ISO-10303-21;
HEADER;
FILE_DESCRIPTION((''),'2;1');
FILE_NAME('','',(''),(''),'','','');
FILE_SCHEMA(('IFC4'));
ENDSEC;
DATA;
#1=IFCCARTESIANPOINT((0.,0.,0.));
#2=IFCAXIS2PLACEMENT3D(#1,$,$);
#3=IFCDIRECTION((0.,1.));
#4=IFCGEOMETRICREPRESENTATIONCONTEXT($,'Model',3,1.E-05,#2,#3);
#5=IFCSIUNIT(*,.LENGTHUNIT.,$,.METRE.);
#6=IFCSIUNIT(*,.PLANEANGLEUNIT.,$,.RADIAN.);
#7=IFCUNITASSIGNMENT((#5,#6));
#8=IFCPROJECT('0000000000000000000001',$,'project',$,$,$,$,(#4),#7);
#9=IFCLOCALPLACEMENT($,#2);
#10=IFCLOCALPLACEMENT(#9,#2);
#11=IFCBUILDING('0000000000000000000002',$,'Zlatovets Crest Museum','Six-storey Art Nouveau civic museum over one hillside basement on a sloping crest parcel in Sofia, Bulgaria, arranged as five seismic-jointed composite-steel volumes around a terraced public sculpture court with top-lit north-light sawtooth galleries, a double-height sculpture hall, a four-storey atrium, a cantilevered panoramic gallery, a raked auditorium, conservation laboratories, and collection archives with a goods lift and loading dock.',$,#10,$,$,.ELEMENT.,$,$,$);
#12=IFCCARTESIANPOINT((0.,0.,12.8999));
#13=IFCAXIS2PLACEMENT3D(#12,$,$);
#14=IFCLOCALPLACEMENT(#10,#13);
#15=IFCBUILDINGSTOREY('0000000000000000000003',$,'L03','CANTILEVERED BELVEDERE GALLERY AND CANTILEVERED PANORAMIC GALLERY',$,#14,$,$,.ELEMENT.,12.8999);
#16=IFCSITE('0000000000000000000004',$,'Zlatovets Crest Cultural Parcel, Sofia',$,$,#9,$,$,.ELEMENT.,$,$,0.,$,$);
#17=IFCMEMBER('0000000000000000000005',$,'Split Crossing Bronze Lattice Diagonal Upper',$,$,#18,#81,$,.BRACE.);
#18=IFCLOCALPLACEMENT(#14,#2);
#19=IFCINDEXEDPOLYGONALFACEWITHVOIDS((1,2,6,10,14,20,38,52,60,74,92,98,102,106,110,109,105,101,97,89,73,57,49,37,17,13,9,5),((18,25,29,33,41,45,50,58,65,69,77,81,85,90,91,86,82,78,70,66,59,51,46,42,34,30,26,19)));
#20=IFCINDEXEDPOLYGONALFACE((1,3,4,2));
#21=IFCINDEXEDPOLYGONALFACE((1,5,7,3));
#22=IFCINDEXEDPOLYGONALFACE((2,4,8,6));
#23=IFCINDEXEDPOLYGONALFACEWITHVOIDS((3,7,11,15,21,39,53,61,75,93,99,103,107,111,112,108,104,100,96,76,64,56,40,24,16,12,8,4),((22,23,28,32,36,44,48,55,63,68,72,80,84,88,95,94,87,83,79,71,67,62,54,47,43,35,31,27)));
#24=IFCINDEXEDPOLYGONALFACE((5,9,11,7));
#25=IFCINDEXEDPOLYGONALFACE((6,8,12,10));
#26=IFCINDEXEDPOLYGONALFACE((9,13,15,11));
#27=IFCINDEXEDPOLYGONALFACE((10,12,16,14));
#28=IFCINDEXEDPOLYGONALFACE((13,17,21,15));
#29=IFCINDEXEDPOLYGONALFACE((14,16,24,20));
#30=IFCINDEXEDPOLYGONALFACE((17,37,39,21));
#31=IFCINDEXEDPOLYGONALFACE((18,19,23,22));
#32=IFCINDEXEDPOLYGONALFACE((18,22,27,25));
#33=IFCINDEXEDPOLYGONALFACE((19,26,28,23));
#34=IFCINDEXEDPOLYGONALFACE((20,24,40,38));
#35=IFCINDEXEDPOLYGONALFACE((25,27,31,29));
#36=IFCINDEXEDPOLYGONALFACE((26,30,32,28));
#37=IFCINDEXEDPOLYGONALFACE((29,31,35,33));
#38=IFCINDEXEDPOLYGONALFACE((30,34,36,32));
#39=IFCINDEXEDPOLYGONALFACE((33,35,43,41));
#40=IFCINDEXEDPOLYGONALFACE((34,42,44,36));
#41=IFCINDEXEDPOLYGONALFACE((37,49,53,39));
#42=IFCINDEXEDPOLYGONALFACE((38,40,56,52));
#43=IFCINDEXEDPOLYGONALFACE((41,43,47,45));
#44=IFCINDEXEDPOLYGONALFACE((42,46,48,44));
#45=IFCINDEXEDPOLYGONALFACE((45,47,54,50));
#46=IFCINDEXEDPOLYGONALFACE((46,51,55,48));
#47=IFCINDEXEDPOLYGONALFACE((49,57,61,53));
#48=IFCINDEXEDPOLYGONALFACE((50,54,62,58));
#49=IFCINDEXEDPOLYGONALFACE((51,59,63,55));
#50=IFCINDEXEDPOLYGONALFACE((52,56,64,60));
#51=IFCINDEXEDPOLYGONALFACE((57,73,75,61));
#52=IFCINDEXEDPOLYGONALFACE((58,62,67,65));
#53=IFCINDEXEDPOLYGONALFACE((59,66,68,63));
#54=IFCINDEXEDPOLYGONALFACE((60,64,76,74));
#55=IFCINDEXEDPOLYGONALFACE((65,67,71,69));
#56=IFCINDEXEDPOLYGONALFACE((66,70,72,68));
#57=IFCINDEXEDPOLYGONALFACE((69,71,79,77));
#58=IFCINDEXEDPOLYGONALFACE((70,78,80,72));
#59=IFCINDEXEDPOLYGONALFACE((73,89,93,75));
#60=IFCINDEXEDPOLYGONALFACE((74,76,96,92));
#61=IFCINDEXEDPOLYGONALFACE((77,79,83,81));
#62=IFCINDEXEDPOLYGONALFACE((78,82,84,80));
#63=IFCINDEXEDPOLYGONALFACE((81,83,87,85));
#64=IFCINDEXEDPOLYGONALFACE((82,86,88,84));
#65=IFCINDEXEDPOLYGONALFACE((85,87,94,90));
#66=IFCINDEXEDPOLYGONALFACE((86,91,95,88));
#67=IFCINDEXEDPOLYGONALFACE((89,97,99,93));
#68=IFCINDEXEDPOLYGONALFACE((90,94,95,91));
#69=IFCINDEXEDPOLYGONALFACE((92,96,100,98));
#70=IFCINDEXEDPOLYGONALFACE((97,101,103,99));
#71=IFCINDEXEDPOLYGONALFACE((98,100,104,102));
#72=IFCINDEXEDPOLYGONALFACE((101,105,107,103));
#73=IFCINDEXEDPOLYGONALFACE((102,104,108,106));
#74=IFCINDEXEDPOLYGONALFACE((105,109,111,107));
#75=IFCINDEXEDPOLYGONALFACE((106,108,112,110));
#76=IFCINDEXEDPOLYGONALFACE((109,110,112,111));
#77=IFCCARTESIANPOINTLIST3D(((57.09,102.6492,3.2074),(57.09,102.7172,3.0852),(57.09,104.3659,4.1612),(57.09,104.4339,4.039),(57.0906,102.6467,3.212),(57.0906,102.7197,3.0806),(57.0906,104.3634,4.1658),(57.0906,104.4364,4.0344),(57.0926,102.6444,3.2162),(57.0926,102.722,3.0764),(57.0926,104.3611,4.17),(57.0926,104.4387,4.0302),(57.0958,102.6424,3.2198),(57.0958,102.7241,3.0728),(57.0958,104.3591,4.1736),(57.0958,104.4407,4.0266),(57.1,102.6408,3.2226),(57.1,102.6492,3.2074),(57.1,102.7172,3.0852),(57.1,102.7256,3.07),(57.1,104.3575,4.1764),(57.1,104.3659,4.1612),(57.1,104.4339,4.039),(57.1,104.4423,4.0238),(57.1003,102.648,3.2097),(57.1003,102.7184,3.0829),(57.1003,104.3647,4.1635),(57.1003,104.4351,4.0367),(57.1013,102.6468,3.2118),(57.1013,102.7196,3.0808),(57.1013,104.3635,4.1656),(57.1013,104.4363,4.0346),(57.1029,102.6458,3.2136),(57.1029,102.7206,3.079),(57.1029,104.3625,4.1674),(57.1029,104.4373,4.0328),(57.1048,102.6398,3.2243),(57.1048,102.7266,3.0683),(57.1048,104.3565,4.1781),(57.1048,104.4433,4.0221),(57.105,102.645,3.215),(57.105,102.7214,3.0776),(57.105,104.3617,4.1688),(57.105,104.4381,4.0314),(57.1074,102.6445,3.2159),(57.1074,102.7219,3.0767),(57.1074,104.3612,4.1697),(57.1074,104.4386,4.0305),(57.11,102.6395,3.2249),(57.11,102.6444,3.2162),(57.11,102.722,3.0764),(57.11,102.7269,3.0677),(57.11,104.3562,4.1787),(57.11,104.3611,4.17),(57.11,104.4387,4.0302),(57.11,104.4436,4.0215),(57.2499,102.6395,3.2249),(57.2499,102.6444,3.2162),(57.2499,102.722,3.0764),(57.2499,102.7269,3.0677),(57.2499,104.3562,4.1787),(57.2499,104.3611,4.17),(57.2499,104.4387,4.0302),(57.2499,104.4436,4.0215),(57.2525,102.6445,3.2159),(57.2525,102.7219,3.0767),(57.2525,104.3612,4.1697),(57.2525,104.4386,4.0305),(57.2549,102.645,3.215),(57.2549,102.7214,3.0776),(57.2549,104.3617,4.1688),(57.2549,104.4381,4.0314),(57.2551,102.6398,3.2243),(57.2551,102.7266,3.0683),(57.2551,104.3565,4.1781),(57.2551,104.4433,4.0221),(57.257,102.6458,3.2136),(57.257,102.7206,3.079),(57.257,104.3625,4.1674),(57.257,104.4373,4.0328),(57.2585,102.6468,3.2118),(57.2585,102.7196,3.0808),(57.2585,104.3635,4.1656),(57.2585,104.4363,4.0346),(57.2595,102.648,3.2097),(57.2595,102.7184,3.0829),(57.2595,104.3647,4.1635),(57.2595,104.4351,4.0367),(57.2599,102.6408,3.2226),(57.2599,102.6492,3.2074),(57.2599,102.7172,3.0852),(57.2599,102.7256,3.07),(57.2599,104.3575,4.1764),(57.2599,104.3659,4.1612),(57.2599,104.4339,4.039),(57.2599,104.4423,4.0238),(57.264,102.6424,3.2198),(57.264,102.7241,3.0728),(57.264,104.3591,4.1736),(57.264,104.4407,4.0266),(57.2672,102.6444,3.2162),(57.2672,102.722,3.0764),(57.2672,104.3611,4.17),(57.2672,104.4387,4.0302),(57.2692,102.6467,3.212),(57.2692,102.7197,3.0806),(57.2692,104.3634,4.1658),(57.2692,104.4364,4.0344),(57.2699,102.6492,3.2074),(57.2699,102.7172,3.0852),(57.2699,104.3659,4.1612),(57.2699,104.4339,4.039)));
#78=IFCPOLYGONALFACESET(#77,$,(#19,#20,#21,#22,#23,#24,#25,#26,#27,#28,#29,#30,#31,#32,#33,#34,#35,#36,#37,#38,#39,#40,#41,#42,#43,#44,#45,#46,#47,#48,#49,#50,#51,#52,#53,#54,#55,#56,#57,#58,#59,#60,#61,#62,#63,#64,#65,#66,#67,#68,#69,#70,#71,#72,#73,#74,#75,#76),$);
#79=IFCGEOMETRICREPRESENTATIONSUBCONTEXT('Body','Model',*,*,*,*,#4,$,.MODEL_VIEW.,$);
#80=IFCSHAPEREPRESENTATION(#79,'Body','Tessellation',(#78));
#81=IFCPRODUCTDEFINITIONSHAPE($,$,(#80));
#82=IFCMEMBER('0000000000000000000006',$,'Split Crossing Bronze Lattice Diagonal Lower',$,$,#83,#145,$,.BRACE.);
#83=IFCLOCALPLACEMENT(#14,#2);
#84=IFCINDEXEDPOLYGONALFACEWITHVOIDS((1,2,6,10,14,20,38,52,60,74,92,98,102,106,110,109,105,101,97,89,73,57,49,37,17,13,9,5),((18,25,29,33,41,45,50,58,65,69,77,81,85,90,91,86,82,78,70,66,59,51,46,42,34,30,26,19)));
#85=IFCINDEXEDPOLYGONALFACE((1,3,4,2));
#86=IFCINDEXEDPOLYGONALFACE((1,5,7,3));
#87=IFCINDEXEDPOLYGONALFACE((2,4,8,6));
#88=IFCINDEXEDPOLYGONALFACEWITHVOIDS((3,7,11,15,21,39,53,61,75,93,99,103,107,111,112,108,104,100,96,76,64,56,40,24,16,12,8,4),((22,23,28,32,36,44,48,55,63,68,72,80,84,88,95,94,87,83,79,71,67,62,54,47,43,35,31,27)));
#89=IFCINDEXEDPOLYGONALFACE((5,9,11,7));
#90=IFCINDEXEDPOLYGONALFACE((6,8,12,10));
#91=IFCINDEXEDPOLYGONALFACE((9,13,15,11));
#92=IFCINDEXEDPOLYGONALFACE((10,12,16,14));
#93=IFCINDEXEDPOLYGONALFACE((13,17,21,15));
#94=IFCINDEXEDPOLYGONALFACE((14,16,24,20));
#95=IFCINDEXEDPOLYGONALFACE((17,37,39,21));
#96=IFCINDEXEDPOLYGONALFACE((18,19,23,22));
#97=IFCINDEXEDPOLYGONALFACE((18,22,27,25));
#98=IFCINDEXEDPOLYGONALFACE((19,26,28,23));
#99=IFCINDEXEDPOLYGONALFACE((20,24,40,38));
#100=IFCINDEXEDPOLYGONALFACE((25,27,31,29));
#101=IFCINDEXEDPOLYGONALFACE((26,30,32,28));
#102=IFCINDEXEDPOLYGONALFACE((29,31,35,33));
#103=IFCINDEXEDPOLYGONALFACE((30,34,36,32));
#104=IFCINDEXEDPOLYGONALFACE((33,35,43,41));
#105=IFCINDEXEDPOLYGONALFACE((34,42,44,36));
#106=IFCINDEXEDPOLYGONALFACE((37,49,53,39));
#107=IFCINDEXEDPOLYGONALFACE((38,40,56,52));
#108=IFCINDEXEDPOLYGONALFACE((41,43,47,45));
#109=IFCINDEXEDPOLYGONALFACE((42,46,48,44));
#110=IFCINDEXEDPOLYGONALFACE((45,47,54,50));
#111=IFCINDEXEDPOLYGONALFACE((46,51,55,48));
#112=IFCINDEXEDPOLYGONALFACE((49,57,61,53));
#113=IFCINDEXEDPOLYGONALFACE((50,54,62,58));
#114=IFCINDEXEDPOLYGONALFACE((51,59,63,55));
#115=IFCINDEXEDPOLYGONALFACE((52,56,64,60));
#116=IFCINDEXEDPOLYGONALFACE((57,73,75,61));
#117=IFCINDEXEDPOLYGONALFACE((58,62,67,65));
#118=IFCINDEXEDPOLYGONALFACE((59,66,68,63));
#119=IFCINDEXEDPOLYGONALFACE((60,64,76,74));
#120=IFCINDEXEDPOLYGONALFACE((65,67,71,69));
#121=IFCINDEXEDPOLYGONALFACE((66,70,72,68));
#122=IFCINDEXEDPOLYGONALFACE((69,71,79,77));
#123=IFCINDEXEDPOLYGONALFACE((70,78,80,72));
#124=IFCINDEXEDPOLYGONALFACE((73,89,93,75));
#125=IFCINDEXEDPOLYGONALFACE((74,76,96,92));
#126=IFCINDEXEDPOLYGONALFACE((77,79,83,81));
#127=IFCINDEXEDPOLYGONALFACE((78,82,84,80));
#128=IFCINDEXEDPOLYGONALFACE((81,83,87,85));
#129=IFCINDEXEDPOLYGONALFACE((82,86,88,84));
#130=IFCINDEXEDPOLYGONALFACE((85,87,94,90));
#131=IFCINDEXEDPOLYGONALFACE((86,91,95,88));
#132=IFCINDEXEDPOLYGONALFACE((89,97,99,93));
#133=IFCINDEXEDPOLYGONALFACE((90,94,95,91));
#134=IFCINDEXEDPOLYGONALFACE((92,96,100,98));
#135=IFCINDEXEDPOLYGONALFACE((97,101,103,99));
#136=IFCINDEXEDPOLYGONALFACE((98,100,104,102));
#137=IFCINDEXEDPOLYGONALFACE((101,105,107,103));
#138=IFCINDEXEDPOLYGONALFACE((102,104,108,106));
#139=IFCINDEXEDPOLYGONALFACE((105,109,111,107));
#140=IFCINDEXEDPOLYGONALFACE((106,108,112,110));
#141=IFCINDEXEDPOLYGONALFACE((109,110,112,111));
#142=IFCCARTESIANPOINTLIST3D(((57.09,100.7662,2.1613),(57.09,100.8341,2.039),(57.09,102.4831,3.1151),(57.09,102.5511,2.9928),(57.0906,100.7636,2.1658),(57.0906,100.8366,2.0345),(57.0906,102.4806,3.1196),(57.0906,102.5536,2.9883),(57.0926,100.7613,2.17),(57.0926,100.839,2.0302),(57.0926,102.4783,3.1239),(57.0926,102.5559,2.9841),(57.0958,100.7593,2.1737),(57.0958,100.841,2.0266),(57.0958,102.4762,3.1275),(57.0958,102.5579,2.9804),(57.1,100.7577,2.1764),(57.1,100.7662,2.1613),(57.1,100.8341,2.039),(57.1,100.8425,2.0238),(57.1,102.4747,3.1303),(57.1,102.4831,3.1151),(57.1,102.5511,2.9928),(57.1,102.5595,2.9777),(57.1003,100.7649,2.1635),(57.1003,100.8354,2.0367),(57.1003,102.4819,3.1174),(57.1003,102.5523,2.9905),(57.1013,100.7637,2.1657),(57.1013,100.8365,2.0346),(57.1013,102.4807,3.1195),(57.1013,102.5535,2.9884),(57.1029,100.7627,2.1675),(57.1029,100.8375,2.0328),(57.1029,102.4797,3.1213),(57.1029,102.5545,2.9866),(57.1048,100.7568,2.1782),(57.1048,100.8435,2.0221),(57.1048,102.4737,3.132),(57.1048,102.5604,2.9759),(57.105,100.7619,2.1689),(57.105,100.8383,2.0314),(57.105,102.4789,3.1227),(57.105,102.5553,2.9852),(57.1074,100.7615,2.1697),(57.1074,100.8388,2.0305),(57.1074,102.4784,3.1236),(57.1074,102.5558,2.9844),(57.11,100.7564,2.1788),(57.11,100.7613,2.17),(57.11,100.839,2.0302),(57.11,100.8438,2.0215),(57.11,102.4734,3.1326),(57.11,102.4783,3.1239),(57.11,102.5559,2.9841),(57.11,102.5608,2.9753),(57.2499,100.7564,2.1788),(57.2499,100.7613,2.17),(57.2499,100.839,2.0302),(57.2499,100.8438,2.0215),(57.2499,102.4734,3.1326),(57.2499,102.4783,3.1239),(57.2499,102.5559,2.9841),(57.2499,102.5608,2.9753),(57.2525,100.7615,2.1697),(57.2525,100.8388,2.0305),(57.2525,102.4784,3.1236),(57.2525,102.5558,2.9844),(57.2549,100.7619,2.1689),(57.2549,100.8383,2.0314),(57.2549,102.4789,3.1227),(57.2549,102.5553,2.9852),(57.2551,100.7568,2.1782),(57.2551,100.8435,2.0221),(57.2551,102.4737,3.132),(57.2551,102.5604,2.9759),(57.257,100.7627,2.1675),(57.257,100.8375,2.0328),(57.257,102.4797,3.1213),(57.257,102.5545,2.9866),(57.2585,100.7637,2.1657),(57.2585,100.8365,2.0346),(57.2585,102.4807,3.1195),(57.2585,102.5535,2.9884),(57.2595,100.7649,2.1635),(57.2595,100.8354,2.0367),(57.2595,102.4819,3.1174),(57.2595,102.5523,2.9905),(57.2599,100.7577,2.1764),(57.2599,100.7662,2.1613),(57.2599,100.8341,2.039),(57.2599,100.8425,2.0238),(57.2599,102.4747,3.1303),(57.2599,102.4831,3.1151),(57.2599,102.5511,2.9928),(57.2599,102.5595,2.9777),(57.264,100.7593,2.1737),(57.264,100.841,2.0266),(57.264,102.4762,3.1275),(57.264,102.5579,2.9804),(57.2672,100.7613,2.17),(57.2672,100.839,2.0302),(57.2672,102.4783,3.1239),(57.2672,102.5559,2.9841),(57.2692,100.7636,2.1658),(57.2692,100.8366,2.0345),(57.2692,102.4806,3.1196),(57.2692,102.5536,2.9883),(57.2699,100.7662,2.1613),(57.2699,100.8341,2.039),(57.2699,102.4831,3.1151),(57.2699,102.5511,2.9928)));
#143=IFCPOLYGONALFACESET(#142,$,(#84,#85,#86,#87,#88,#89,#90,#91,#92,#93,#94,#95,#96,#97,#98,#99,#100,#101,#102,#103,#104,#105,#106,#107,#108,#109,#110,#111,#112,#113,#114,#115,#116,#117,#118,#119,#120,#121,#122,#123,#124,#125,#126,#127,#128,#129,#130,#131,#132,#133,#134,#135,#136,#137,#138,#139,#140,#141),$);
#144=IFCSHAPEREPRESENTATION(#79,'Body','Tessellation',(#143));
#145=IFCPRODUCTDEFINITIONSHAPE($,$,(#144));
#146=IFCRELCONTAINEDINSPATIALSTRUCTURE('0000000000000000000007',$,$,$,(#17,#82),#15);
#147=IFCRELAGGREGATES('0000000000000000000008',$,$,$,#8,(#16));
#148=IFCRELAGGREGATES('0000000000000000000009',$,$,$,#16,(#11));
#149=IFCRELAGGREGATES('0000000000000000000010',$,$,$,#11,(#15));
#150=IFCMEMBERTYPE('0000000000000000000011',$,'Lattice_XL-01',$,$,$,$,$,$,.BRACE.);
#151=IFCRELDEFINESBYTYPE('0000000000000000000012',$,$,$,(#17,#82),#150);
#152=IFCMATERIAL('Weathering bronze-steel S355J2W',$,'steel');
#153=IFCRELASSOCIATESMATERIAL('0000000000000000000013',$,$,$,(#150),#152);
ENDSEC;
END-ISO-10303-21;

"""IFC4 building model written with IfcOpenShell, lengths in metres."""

from ifc_helpers import new_model, si_unit, direction, frame, origin, origin_2d, place, context, subcontext, project, spatial, hollow_rectangle, extrude, material, material_profile, profile_set, type_object, element, save


model = new_model("IFC4")

# Units and contexts
model_context = context("Model", 3, precision=1e-05, world=origin(), true_north=direction((0.0, 1.0)))
body_context = subcontext(model_context, "Body", "Model", "MODEL_VIEW")
ifc_project = project(units=[si_unit("LENGTHUNIT", "METRE"), si_unit("PLANEANGLEUNIT", "RADIAN")], contexts=[model_context])

# Site, building, storey
site_placement = place(None, origin())
site = spatial("IfcSite", under=ifc_project, at=site_placement, Name="Zlatovets Crest Cultural Parcel, Sofia", CompositionType="ELEMENT", RefElevation=0.0)
building_placement = place(site_placement, origin())
building = spatial("IfcBuilding", under=site, at=building_placement, Name="Zlatovets Crest Museum", Description="Six-storey Art Nouveau civic museum over one hillside basement on a sloping crest parcel in Sofia, Bulgaria, arranged as five seismic-jointed composite-steel volumes around a terraced public sculpture court with top-lit north-light sawtooth galleries, a double-height sculpture hall, a four-storey atrium, a cantilevered panoramic gallery, a raked auditorium, conservation laboratories, and collection archives with a goods lift and loading dock.", CompositionType="ELEMENT")
storey_placement = place(building_placement, frame((0.0, 0.0, 12.8999)))
storey = spatial("IfcBuildingStorey", under=building, at=storey_placement, Name="L03", Description="CANTILEVERED BELVEDERE GALLERY AND CANTILEVERED PANORAMIC GALLERY", CompositionType="ELEMENT", Elevation=12.8999)

# Members
ifc_material_1 = material(Name="Weathering bronze-steel S355J2W", Category="steel")
ifc_material_profile_1 = material_profile(ifc_material_1, hollow_rectangle(XDim=0.1799, YDim=0.1799, WallThickness=0.01, InnerFilletRadius=0.01, OuterFilletRadius=0.02, at=origin_2d()), Name="SHS 180x180x10.0")
ifc_profile_set_1 = profile_set([ifc_material_profile_1], Name="Weathering bronze-steel S355J2W")
member_type_1 = type_object("IfcMemberType", Name="Lattice_XL-01", PredefinedType="BRACE", material=ifc_profile_set_1)
member_1_placement = place(storey_placement, frame((57.1799, 104.3999, 4.1001), z_axis=(0.0, -0.87414, -0.485675), x_axis=(1.0, 0.0, 0.0)))
element("IfcMember", 1, at=member_1_placement, inside=storey, type_object=member_type_1, Name="Split Crossing Bronze Lattice Diagonal Upper", PredefinedType="BRACE", context=body_context, shape_type="SweptSolid", body=[
    extrude(hollow_rectangle(XDim=0.1799, YDim=0.1799, WallThickness=0.01, InnerFilletRadius=0.01, OuterFilletRadius=0.02, at=origin_2d()), origin(), (0.0, 0.0, 1.0), 1.9639),
])
member_2_placement = place(storey_placement, frame((57.1799, 102.5171, 3.054), z_axis=(0.0, -0.874169, -0.485622), x_axis=(1.0, 0.0, 0.0)))
element("IfcMember", 2, at=member_2_placement, inside=storey, type_object=member_type_1, Name="Split Crossing Bronze Lattice Diagonal Lower", PredefinedType="BRACE", context=body_context, shape_type="SweptSolid", body=[
    extrude(hollow_rectangle(XDim=0.1799, YDim=0.1799, WallThickness=0.01, InnerFilletRadius=0.01, OuterFilletRadius=0.02, at=origin_2d()), origin(), (0.0, 0.0, 1.0), 1.9641),
])

save(model, "model.ifc")
